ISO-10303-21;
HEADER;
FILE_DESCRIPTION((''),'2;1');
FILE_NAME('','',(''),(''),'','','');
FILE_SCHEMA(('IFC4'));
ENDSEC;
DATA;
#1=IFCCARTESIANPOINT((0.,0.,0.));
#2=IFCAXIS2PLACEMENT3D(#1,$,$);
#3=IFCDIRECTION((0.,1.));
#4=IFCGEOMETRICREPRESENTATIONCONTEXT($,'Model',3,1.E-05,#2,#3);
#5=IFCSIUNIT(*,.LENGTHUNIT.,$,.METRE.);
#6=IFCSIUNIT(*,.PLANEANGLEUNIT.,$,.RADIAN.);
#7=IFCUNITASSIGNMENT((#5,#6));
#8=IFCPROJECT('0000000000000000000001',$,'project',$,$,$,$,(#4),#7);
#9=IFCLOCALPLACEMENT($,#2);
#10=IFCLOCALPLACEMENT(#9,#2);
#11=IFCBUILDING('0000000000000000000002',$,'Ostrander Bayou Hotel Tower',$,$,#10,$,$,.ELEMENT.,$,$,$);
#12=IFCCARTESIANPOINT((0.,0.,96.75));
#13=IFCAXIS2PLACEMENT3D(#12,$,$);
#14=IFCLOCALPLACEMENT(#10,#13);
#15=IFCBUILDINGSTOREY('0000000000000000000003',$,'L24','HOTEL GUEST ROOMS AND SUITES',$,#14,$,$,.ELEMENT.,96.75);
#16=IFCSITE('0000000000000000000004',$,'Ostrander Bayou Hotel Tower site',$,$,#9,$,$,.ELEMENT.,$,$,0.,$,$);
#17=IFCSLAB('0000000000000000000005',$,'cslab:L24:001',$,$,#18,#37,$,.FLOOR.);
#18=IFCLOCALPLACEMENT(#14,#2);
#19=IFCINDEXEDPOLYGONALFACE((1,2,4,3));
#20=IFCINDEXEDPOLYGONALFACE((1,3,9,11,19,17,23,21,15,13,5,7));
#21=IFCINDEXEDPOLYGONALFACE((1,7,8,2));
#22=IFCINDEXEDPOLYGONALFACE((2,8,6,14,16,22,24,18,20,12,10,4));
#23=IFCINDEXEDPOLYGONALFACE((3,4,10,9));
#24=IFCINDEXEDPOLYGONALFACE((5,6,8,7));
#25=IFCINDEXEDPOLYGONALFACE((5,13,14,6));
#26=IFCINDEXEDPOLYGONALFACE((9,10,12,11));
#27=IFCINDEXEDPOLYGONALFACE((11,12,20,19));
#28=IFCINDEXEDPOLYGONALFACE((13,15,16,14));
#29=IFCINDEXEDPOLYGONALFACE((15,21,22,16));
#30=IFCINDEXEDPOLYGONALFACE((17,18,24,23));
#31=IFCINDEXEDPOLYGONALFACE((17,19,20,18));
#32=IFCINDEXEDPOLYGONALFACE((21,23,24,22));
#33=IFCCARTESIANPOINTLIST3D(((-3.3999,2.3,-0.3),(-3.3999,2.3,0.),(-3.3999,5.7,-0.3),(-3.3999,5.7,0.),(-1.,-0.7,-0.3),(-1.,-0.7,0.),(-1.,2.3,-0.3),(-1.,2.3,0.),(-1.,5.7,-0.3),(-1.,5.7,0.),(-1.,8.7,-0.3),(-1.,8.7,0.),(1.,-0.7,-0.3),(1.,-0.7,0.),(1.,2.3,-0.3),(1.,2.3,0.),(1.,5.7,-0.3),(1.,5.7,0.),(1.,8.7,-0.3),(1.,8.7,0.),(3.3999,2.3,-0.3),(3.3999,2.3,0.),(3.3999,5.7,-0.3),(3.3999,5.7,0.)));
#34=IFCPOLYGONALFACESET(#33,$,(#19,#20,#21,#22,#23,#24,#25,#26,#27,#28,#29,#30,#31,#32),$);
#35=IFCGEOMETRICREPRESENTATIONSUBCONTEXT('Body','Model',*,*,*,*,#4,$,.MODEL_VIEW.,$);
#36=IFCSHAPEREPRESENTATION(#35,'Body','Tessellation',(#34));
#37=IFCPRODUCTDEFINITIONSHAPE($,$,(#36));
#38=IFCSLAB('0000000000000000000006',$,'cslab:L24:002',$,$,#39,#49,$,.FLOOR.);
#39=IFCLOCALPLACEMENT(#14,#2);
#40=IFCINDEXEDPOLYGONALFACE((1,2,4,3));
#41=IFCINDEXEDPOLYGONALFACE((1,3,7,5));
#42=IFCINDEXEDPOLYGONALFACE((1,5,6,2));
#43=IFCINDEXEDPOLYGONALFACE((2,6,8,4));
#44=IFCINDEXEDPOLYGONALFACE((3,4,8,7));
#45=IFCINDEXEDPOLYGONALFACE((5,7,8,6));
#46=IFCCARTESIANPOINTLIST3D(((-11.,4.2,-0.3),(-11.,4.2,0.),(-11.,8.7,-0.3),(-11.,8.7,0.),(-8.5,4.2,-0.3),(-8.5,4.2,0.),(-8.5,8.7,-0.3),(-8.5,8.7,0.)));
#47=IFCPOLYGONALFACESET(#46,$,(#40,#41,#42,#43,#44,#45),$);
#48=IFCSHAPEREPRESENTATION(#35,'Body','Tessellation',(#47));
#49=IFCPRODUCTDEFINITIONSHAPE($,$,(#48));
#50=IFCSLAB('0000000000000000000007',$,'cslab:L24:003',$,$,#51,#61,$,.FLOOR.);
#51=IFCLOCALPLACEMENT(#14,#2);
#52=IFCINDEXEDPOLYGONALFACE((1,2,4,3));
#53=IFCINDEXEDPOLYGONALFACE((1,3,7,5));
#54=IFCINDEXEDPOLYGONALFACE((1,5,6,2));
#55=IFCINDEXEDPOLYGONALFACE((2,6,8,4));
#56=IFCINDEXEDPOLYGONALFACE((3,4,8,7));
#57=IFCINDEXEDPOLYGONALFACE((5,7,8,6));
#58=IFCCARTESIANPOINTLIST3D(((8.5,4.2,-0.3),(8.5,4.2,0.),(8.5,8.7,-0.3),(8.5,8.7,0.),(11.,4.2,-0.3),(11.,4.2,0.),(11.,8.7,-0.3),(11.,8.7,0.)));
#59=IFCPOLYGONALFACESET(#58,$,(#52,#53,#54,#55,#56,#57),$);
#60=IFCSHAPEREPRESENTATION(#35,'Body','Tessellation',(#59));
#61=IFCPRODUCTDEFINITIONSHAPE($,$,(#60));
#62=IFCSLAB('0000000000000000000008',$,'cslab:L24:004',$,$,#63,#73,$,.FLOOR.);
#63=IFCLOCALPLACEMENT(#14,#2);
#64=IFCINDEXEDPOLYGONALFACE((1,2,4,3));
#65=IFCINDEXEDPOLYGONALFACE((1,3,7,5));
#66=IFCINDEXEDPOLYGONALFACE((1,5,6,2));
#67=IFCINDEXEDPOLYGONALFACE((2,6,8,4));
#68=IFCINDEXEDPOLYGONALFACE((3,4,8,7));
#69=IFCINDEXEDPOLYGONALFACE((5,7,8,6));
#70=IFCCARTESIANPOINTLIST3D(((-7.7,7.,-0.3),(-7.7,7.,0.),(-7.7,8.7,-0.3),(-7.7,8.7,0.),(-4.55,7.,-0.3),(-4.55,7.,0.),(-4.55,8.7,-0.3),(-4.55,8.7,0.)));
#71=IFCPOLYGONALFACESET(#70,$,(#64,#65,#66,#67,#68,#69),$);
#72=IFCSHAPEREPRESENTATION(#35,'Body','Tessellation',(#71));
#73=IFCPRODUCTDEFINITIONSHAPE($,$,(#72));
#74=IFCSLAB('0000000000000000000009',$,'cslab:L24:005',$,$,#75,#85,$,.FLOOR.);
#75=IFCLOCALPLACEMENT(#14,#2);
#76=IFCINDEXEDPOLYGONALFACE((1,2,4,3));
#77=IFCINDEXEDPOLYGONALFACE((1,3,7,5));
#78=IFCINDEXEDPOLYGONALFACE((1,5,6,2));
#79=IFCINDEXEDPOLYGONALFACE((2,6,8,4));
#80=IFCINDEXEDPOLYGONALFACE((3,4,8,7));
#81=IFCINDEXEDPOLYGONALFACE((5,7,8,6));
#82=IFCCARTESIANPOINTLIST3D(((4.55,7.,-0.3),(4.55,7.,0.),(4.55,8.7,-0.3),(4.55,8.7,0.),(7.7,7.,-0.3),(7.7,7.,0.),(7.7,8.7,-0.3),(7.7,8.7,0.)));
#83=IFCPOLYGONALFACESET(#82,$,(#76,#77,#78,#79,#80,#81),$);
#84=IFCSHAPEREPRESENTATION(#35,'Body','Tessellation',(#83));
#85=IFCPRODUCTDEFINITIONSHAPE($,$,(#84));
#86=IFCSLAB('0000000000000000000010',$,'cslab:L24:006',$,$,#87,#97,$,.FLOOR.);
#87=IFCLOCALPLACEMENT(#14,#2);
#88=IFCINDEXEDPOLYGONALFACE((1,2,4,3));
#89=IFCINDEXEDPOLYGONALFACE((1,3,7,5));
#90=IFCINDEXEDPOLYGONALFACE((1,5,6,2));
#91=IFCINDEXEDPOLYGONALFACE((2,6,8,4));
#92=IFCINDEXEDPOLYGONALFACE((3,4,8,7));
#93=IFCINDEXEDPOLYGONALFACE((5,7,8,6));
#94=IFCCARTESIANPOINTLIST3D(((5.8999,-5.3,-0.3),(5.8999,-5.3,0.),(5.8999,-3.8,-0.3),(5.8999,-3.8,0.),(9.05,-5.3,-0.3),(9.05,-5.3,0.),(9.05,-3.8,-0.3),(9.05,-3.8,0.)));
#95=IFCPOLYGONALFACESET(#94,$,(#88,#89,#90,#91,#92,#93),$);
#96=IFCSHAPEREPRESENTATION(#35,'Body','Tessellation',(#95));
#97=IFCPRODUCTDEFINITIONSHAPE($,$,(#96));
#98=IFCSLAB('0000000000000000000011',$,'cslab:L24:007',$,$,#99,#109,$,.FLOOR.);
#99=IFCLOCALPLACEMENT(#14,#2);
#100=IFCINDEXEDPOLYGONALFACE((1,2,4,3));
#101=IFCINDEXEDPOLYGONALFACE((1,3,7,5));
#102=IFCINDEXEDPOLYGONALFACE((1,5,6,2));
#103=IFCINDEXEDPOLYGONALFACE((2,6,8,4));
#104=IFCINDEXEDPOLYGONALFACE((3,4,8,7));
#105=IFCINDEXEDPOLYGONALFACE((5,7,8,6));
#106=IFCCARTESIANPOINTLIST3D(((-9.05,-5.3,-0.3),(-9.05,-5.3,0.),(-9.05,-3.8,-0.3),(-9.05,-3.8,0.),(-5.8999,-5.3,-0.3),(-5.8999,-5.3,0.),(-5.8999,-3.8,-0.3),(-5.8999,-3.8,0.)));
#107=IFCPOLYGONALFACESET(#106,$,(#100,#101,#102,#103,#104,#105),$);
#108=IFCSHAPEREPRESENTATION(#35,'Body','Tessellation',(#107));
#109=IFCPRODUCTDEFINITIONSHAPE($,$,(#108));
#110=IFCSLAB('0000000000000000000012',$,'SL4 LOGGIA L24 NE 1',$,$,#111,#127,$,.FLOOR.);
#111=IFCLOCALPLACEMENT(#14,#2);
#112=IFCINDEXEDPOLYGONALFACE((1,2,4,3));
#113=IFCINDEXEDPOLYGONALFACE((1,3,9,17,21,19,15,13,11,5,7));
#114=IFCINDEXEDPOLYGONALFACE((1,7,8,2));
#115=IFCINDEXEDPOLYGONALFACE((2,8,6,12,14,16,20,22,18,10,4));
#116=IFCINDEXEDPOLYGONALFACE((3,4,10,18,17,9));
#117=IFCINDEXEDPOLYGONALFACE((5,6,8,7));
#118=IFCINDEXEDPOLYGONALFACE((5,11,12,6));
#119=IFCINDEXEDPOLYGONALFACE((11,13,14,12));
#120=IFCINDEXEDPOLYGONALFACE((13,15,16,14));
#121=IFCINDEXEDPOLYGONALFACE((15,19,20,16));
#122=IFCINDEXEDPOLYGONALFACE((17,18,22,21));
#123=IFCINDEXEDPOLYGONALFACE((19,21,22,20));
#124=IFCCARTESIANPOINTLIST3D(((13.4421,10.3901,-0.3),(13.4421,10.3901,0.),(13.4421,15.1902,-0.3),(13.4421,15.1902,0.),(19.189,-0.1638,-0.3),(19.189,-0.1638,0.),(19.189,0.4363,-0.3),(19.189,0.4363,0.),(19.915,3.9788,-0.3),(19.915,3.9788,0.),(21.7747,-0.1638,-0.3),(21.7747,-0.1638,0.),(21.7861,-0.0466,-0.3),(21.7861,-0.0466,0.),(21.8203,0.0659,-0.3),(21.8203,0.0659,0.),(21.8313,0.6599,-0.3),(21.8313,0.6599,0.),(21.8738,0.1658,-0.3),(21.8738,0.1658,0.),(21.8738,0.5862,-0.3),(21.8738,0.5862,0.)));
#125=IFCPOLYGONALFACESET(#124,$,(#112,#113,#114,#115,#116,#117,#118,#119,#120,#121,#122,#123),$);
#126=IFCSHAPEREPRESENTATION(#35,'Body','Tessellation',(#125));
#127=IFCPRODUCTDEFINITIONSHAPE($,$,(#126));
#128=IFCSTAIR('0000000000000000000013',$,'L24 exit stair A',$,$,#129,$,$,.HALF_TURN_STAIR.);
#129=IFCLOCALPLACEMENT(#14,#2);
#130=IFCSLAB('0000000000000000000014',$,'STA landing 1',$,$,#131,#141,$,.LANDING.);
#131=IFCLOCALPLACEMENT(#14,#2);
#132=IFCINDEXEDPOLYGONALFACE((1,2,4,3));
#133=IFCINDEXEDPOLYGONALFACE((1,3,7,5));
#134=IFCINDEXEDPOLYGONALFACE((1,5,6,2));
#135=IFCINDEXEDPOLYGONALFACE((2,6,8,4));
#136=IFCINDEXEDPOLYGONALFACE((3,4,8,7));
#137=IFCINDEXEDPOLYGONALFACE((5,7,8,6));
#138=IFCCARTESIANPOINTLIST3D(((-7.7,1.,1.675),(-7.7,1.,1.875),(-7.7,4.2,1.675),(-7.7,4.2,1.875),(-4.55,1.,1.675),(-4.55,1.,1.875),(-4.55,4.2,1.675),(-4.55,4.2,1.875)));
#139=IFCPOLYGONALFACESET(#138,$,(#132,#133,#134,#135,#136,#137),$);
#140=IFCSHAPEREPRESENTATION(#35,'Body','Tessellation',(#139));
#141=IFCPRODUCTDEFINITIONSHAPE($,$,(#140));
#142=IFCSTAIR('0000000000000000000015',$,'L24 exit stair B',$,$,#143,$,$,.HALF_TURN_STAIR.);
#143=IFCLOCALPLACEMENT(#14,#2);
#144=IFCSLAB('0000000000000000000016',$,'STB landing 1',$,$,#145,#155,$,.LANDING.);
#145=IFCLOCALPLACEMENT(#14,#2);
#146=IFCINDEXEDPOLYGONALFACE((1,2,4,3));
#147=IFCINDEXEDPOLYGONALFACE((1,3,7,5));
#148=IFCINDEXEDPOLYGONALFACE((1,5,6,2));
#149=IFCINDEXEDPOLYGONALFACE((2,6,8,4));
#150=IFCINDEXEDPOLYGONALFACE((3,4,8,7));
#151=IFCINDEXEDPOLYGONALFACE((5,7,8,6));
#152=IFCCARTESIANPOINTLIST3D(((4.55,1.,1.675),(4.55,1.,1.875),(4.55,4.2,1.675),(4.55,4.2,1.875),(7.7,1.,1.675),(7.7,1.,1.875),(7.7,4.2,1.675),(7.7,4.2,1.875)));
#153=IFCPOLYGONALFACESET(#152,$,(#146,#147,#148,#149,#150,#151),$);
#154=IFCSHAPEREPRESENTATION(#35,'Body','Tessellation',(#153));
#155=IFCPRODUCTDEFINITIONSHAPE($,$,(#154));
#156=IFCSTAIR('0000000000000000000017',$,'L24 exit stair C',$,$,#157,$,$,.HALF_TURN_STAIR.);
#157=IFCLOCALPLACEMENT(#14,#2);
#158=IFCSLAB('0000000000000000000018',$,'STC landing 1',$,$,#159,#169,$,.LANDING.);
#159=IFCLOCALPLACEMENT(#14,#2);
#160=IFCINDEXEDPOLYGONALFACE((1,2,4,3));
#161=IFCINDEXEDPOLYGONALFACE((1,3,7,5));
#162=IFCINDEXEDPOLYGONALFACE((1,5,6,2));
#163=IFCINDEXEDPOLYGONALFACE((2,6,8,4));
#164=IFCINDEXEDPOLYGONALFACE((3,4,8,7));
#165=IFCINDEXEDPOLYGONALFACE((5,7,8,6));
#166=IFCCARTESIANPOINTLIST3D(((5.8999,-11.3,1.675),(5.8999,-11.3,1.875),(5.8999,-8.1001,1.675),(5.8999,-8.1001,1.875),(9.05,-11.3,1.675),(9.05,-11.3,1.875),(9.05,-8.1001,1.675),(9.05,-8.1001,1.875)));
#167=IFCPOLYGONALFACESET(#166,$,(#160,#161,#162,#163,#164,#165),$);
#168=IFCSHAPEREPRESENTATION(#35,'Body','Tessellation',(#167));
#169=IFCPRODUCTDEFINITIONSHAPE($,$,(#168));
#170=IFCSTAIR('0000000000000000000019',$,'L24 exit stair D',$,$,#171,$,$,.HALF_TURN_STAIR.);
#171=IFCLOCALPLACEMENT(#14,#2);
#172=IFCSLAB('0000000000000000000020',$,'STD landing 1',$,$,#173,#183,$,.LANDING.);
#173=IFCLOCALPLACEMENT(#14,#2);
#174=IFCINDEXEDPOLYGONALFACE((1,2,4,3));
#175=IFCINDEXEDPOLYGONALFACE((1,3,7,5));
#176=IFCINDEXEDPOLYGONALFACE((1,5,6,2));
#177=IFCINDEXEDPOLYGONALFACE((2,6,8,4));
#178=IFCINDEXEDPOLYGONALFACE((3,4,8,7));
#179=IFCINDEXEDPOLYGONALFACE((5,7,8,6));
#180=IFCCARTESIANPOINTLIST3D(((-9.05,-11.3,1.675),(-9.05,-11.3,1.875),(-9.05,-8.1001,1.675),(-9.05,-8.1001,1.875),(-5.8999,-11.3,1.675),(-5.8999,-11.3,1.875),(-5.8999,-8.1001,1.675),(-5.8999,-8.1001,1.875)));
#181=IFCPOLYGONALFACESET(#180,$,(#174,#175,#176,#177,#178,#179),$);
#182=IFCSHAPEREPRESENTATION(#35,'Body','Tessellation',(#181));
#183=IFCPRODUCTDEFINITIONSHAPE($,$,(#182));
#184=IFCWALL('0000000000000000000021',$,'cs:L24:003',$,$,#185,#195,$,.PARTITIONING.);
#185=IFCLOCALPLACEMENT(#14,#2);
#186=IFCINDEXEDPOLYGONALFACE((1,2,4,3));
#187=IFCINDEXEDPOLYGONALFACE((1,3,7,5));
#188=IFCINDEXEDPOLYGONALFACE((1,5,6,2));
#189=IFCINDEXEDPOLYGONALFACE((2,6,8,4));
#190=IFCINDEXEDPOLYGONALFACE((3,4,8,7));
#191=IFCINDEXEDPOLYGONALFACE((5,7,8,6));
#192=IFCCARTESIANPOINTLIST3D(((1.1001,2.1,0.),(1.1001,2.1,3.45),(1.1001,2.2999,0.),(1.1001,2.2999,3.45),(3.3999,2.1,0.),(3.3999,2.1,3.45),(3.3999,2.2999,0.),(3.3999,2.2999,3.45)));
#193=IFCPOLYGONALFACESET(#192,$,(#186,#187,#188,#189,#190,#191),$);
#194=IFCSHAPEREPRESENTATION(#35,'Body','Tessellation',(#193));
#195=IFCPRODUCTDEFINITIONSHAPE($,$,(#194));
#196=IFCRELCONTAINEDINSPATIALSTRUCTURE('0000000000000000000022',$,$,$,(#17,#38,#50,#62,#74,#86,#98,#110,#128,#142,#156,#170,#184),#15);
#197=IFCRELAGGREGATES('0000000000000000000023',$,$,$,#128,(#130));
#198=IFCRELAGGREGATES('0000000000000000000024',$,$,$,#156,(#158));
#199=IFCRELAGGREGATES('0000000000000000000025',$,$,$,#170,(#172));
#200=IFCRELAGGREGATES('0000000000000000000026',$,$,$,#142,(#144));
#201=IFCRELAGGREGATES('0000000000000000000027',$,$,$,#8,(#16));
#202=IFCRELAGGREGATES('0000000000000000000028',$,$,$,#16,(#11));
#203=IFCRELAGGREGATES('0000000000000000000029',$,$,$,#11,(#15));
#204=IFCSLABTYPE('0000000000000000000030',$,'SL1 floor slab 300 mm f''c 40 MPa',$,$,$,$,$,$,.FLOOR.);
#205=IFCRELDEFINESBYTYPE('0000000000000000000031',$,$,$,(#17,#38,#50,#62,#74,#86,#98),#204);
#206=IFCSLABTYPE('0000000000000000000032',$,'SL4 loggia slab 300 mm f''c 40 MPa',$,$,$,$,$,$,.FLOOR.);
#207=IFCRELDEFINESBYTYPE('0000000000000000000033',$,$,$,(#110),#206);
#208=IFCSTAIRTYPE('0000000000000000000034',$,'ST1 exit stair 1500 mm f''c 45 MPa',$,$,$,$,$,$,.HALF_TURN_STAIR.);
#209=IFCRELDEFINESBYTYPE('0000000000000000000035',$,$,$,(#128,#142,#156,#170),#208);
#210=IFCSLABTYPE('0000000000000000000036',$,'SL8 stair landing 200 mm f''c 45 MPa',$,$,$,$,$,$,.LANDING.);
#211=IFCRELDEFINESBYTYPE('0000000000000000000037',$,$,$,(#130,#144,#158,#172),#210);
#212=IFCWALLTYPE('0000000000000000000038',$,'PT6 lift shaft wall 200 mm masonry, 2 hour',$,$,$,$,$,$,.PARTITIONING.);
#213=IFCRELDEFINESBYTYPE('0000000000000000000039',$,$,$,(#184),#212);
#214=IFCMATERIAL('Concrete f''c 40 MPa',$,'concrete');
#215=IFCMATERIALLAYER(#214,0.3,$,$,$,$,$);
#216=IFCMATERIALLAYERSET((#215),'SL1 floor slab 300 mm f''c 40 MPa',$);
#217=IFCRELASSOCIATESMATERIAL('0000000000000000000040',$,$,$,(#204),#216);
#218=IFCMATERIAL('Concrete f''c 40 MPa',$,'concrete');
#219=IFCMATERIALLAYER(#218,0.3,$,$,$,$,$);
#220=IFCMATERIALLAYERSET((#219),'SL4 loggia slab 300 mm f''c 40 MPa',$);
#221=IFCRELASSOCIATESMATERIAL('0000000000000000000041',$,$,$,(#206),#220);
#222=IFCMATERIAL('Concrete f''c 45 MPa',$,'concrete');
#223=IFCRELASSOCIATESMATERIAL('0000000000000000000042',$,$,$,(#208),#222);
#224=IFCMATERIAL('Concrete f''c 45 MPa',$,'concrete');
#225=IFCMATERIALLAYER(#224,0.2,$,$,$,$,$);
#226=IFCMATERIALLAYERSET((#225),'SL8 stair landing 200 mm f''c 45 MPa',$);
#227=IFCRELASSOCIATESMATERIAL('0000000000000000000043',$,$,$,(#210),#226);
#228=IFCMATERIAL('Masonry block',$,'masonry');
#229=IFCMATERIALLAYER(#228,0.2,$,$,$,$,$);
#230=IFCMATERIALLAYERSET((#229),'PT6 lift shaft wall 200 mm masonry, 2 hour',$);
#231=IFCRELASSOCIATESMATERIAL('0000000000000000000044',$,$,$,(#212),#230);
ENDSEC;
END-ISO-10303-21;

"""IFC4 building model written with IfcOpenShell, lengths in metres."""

from ifc_helpers import new_model, si_unit, direction, frame, frame_2d, origin, place, context, subcontext, project, spatial, polyline, rectangle, outline, extrude, material, layer, layer_set, type_object, element, aggregate, save


model = new_model("IFC4")

# Units and contexts
model_context = context("Model", 3, precision=1e-05, world=origin(), true_north=direction((0.0, 1.0)))
body_context = subcontext(model_context, "Body", "Model", "MODEL_VIEW")
ifc_project = project(units=[si_unit("LENGTHUNIT", "METRE"), si_unit("PLANEANGLEUNIT", "RADIAN")], contexts=[model_context])

# Site, building, storey
site_placement = place(None, origin())
site = spatial("IfcSite", under=ifc_project, at=site_placement, Name="Ostrander Bayou Hotel Tower site", CompositionType="ELEMENT", RefElevation=0.0)
building_placement = place(site_placement, origin())
building = spatial("IfcBuilding", under=site, at=building_placement, Name="Ostrander Bayou Hotel Tower", CompositionType="ELEMENT")
storey_placement = place(building_placement, frame((0.0, 0.0, 96.75)))
storey = spatial("IfcBuildingStorey", under=building, at=storey_placement, Name="L24", Description="HOTEL GUEST ROOMS AND SUITES", CompositionType="ELEMENT", Elevation=96.75)

# Slabs
ifc_material_1 = material(Name="Concrete f'c 40 MPa", Category="concrete")
ifc_layer_1 = layer(ifc_material_1, 0.3)
ifc_layer_set_1 = layer_set([ifc_layer_1], Name="SL1 floor slab 300 mm f'c 40 MPa")
slab_type_1 = type_object("IfcSlabType", Name="SL1 floor slab 300 mm f'c 40 MPa", PredefinedType="FLOOR", material=ifc_layer_set_1)
slab_1_placement = place(storey_placement, frame((0.0, 0.0, -0.3)))
element("IfcSlab", 1, at=slab_1_placement, inside=storey, type_object=slab_type_1, Name="cslab:L24:001", PredefinedType="FLOOR", context=body_context, shape_type="SweptSolid", body=[
    extrude(outline(polyline([(-3.3999, 5.7), (-1.0, 5.7), (-1.0, 8.7), (1.0, 8.7), (1.0, 5.7), (3.3999, 5.7), (3.3999, 2.3), (1.0, 2.3), (1.0, -0.7), (-1.0, -0.7), (-1.0, 2.3), (-3.3999, 2.3), (-3.3999, 5.7)])), origin(), (0.0, 0.0, 1.0), 0.3),
])
slab_2_placement = place(storey_placement, frame((0.0, 0.0, -0.3)))
element("IfcSlab", 2, at=slab_2_placement, inside=storey, type_object=slab_type_1, Name="cslab:L24:002", PredefinedType="FLOOR", context=body_context, shape_type="SweptSolid", body=[
    extrude(outline(polyline([(-8.5, 4.2), (-8.5, 8.7), (-11.0, 8.7), (-11.0, 4.2), (-8.5, 4.2)])), origin(), (0.0, 0.0, 1.0), 0.3),
])
slab_3_placement = place(storey_placement, frame((0.0, 0.0, -0.3)))
element("IfcSlab", 3, at=slab_3_placement, inside=storey, type_object=slab_type_1, Name="cslab:L24:003", PredefinedType="FLOOR", context=body_context, shape_type="SweptSolid", body=[
    extrude(outline(polyline([(11.0, 4.2), (11.0, 8.7), (8.5, 8.7), (8.5, 4.2), (11.0, 4.2)])), origin(), (0.0, 0.0, 1.0), 0.3),
])
slab_4_placement = place(storey_placement, frame((0.0, 0.0, -0.3)))
element("IfcSlab", 4, at=slab_4_placement, inside=storey, type_object=slab_type_1, Name="cslab:L24:004", PredefinedType="FLOOR", context=body_context, shape_type="SweptSolid", body=[
    extrude(outline(polyline([(-4.55, 7.0), (-4.55, 8.7), (-7.7, 8.7), (-7.7, 7.0), (-4.55, 7.0)])), origin(), (0.0, 0.0, 1.0), 0.3),
])
slab_5_placement = place(storey_placement, frame((0.0, 0.0, -0.3)))
element("IfcSlab", 5, at=slab_5_placement, inside=storey, type_object=slab_type_1, Name="cslab:L24:005", PredefinedType="FLOOR", context=body_context, shape_type="SweptSolid", body=[
    extrude(outline(polyline([(7.7, 7.0), (7.7, 8.7), (4.55, 8.7), (4.55, 7.0), (7.7, 7.0)])), origin(), (0.0, 0.0, 1.0), 0.3),
])
slab_6_placement = place(storey_placement, frame((0.0, 0.0, -0.3)))
element("IfcSlab", 6, at=slab_6_placement, inside=storey, type_object=slab_type_1, Name="cslab:L24:006", PredefinedType="FLOOR", context=body_context, shape_type="SweptSolid", body=[
    extrude(outline(polyline([(9.05, -5.3), (9.05, -3.8), (5.8999, -3.8), (5.8999, -5.3), (9.05, -5.3)])), origin(), (0.0, 0.0, 1.0), 0.3),
])
slab_7_placement = place(storey_placement, frame((0.0, 0.0, -0.3)))
element("IfcSlab", 7, at=slab_7_placement, inside=storey, type_object=slab_type_1, Name="cslab:L24:007", PredefinedType="FLOOR", context=body_context, shape_type="SweptSolid", body=[
    extrude(outline(polyline([(-5.8999, -5.3), (-5.8999, -3.8), (-9.05, -3.8), (-9.05, -5.3), (-5.8999, -5.3)])), origin(), (0.0, 0.0, 1.0), 0.3),
])
ifc_material_2 = material(Name="Concrete f'c 40 MPa", Category="concrete")
ifc_layer_2 = layer(ifc_material_2, 0.3)
ifc_layer_set_2 = layer_set([ifc_layer_2], Name="SL4 loggia slab 300 mm f'c 40 MPa")
slab_type_2 = type_object("IfcSlabType", Name="SL4 loggia slab 300 mm f'c 40 MPa", PredefinedType="FLOOR", material=ifc_layer_set_2)
slab_8_placement = place(storey_placement, frame((0.0, 0.0, -0.3)))
element("IfcSlab", 8, at=slab_8_placement, inside=storey, type_object=slab_type_2, Name="SL4 LOGGIA L24 NE 1", PredefinedType="FLOOR", context=body_context, shape_type="SweptSolid", body=[
    extrude(outline(polyline([(13.4421, 15.1902), (19.915, 3.9788), (21.8313, 0.6599), (21.8738, 0.5862), (21.8738, 0.1658), (21.8203, 0.0659), (21.7861, -0.0466), (21.7747, -0.1638), (19.189, -0.1638), (19.189, 0.4363), (13.4421, 10.3901), (13.4421, 15.1902)])), origin(), (0.0, 0.0, 1.0), 0.3),
])

# Stairs, slabs
ifc_material_3 = material(Name="Concrete f'c 45 MPa", Category="concrete")
stair_type = type_object("IfcStairType", Name="ST1 exit stair 1500 mm f'c 45 MPa", PredefinedType="HALF_TURN_STAIR", material=ifc_material_3)
stair_1_placement = place(storey_placement, origin())
stair_1 = element("IfcStair", 9, at=stair_1_placement, inside=storey, type_object=stair_type, Name="L24 exit stair A", PredefinedType="HALF_TURN_STAIR")
ifc_material_4 = material(Name="Concrete f'c 45 MPa", Category="concrete")
ifc_layer_3 = layer(ifc_material_4, 0.2)
ifc_layer_set_3 = layer_set([ifc_layer_3], Name="SL8 stair landing 200 mm f'c 45 MPa")
slab_type_3 = type_object("IfcSlabType", Name="SL8 stair landing 200 mm f'c 45 MPa", PredefinedType="LANDING", material=ifc_layer_set_3)
slab_9_placement = place(storey_placement, frame((0.0, 0.0, 1.675)))
slab_9 = element("IfcSlab", 10, at=slab_9_placement, type_object=slab_type_3, Name="STA landing 1", PredefinedType="LANDING", context=body_context, shape_type="SweptSolid", body=[
    extrude(outline(polyline([(-7.7, 4.2), (-7.7, 1.0), (-4.55, 1.0), (-4.55, 4.2), (-7.7, 4.2)])), origin(), (0.0, 0.0, 1.0), 0.2),
])
aggregate(stair_1, [slab_9])
stair_2_placement = place(storey_placement, origin())
stair_2 = element("IfcStair", 11, at=stair_2_placement, inside=storey, type_object=stair_type, Name="L24 exit stair B", PredefinedType="HALF_TURN_STAIR")
slab_10_placement = place(storey_placement, frame((0.0, 0.0, 1.675)))
slab_10 = element("IfcSlab", 12, at=slab_10_placement, type_object=slab_type_3, Name="STB landing 1", PredefinedType="LANDING", context=body_context, shape_type="SweptSolid", body=[
    extrude(outline(polyline([(4.55, 4.2), (4.55, 1.0), (7.7, 1.0), (7.7, 4.2), (4.55, 4.2)])), origin(), (0.0, 0.0, 1.0), 0.2),
])
stair_3_placement = place(storey_placement, origin())
stair_3 = element("IfcStair", 13, at=stair_3_placement, inside=storey, type_object=stair_type, Name="L24 exit stair C", PredefinedType="HALF_TURN_STAIR")
slab_11_placement = place(storey_placement, frame((0.0, 0.0, 1.675)))
slab_11 = element("IfcSlab", 14, at=slab_11_placement, type_object=slab_type_3, Name="STC landing 1", PredefinedType="LANDING", context=body_context, shape_type="SweptSolid", body=[
    extrude(outline(polyline([(5.8999, -8.1001), (5.8999, -11.3), (9.05, -11.3), (9.05, -8.1001), (5.8999, -8.1001)])), origin(), (0.0, 0.0, 1.0), 0.2),
])
aggregate(stair_3, [slab_11])
stair_4_placement = place(storey_placement, origin())
stair_4 = element("IfcStair", 15, at=stair_4_placement, inside=storey, type_object=stair_type, Name="L24 exit stair D", PredefinedType="HALF_TURN_STAIR")
slab_12_placement = place(storey_placement, frame((0.0, 0.0, 1.675)))
slab_12 = element("IfcSlab", 16, at=slab_12_placement, type_object=slab_type_3, Name="STD landing 1", PredefinedType="LANDING", context=body_context, shape_type="SweptSolid", body=[
    extrude(outline(polyline([(-9.05, -8.1001), (-9.05, -11.3), (-5.8999, -11.3), (-5.8999, -8.1001), (-9.05, -8.1001)])), origin(), (0.0, 0.0, 1.0), 0.2),
])
aggregate(stair_4, [slab_12])

# Wall
ifc_material_5 = material(Name="Masonry block", Category="masonry")
ifc_layer_4 = layer(ifc_material_5, 0.2)
ifc_layer_set_4 = layer_set([ifc_layer_4], Name="PT6 lift shaft wall 200 mm masonry, 2 hour")
wall_type_1 = type_object("IfcWallType", Name="PT6 lift shaft wall 200 mm masonry, 2 hour", PredefinedType="PARTITIONING", material=ifc_layer_set_4)
wall_1_placement = place(storey_placement, frame((1.1001, 2.2, 0.0), z_axis=(0.0, 0.0, 1.0), x_axis=(1.0, 0.0, 0.0)))
element("IfcWall", 17, at=wall_1_placement, inside=storey, type_object=wall_type_1, Name="cs:L24:003", PredefinedType="PARTITIONING", context=body_context, shape_type="SweptSolid", body=[
    extrude(rectangle(XDim=2.2998, YDim=0.2, at=frame_2d((1.1499, 0.0))), origin(), (0.0, 0.0, 1.0), 3.45),
])

aggregate(stair_2, [slab_10])

save(model, "model.ifc")
